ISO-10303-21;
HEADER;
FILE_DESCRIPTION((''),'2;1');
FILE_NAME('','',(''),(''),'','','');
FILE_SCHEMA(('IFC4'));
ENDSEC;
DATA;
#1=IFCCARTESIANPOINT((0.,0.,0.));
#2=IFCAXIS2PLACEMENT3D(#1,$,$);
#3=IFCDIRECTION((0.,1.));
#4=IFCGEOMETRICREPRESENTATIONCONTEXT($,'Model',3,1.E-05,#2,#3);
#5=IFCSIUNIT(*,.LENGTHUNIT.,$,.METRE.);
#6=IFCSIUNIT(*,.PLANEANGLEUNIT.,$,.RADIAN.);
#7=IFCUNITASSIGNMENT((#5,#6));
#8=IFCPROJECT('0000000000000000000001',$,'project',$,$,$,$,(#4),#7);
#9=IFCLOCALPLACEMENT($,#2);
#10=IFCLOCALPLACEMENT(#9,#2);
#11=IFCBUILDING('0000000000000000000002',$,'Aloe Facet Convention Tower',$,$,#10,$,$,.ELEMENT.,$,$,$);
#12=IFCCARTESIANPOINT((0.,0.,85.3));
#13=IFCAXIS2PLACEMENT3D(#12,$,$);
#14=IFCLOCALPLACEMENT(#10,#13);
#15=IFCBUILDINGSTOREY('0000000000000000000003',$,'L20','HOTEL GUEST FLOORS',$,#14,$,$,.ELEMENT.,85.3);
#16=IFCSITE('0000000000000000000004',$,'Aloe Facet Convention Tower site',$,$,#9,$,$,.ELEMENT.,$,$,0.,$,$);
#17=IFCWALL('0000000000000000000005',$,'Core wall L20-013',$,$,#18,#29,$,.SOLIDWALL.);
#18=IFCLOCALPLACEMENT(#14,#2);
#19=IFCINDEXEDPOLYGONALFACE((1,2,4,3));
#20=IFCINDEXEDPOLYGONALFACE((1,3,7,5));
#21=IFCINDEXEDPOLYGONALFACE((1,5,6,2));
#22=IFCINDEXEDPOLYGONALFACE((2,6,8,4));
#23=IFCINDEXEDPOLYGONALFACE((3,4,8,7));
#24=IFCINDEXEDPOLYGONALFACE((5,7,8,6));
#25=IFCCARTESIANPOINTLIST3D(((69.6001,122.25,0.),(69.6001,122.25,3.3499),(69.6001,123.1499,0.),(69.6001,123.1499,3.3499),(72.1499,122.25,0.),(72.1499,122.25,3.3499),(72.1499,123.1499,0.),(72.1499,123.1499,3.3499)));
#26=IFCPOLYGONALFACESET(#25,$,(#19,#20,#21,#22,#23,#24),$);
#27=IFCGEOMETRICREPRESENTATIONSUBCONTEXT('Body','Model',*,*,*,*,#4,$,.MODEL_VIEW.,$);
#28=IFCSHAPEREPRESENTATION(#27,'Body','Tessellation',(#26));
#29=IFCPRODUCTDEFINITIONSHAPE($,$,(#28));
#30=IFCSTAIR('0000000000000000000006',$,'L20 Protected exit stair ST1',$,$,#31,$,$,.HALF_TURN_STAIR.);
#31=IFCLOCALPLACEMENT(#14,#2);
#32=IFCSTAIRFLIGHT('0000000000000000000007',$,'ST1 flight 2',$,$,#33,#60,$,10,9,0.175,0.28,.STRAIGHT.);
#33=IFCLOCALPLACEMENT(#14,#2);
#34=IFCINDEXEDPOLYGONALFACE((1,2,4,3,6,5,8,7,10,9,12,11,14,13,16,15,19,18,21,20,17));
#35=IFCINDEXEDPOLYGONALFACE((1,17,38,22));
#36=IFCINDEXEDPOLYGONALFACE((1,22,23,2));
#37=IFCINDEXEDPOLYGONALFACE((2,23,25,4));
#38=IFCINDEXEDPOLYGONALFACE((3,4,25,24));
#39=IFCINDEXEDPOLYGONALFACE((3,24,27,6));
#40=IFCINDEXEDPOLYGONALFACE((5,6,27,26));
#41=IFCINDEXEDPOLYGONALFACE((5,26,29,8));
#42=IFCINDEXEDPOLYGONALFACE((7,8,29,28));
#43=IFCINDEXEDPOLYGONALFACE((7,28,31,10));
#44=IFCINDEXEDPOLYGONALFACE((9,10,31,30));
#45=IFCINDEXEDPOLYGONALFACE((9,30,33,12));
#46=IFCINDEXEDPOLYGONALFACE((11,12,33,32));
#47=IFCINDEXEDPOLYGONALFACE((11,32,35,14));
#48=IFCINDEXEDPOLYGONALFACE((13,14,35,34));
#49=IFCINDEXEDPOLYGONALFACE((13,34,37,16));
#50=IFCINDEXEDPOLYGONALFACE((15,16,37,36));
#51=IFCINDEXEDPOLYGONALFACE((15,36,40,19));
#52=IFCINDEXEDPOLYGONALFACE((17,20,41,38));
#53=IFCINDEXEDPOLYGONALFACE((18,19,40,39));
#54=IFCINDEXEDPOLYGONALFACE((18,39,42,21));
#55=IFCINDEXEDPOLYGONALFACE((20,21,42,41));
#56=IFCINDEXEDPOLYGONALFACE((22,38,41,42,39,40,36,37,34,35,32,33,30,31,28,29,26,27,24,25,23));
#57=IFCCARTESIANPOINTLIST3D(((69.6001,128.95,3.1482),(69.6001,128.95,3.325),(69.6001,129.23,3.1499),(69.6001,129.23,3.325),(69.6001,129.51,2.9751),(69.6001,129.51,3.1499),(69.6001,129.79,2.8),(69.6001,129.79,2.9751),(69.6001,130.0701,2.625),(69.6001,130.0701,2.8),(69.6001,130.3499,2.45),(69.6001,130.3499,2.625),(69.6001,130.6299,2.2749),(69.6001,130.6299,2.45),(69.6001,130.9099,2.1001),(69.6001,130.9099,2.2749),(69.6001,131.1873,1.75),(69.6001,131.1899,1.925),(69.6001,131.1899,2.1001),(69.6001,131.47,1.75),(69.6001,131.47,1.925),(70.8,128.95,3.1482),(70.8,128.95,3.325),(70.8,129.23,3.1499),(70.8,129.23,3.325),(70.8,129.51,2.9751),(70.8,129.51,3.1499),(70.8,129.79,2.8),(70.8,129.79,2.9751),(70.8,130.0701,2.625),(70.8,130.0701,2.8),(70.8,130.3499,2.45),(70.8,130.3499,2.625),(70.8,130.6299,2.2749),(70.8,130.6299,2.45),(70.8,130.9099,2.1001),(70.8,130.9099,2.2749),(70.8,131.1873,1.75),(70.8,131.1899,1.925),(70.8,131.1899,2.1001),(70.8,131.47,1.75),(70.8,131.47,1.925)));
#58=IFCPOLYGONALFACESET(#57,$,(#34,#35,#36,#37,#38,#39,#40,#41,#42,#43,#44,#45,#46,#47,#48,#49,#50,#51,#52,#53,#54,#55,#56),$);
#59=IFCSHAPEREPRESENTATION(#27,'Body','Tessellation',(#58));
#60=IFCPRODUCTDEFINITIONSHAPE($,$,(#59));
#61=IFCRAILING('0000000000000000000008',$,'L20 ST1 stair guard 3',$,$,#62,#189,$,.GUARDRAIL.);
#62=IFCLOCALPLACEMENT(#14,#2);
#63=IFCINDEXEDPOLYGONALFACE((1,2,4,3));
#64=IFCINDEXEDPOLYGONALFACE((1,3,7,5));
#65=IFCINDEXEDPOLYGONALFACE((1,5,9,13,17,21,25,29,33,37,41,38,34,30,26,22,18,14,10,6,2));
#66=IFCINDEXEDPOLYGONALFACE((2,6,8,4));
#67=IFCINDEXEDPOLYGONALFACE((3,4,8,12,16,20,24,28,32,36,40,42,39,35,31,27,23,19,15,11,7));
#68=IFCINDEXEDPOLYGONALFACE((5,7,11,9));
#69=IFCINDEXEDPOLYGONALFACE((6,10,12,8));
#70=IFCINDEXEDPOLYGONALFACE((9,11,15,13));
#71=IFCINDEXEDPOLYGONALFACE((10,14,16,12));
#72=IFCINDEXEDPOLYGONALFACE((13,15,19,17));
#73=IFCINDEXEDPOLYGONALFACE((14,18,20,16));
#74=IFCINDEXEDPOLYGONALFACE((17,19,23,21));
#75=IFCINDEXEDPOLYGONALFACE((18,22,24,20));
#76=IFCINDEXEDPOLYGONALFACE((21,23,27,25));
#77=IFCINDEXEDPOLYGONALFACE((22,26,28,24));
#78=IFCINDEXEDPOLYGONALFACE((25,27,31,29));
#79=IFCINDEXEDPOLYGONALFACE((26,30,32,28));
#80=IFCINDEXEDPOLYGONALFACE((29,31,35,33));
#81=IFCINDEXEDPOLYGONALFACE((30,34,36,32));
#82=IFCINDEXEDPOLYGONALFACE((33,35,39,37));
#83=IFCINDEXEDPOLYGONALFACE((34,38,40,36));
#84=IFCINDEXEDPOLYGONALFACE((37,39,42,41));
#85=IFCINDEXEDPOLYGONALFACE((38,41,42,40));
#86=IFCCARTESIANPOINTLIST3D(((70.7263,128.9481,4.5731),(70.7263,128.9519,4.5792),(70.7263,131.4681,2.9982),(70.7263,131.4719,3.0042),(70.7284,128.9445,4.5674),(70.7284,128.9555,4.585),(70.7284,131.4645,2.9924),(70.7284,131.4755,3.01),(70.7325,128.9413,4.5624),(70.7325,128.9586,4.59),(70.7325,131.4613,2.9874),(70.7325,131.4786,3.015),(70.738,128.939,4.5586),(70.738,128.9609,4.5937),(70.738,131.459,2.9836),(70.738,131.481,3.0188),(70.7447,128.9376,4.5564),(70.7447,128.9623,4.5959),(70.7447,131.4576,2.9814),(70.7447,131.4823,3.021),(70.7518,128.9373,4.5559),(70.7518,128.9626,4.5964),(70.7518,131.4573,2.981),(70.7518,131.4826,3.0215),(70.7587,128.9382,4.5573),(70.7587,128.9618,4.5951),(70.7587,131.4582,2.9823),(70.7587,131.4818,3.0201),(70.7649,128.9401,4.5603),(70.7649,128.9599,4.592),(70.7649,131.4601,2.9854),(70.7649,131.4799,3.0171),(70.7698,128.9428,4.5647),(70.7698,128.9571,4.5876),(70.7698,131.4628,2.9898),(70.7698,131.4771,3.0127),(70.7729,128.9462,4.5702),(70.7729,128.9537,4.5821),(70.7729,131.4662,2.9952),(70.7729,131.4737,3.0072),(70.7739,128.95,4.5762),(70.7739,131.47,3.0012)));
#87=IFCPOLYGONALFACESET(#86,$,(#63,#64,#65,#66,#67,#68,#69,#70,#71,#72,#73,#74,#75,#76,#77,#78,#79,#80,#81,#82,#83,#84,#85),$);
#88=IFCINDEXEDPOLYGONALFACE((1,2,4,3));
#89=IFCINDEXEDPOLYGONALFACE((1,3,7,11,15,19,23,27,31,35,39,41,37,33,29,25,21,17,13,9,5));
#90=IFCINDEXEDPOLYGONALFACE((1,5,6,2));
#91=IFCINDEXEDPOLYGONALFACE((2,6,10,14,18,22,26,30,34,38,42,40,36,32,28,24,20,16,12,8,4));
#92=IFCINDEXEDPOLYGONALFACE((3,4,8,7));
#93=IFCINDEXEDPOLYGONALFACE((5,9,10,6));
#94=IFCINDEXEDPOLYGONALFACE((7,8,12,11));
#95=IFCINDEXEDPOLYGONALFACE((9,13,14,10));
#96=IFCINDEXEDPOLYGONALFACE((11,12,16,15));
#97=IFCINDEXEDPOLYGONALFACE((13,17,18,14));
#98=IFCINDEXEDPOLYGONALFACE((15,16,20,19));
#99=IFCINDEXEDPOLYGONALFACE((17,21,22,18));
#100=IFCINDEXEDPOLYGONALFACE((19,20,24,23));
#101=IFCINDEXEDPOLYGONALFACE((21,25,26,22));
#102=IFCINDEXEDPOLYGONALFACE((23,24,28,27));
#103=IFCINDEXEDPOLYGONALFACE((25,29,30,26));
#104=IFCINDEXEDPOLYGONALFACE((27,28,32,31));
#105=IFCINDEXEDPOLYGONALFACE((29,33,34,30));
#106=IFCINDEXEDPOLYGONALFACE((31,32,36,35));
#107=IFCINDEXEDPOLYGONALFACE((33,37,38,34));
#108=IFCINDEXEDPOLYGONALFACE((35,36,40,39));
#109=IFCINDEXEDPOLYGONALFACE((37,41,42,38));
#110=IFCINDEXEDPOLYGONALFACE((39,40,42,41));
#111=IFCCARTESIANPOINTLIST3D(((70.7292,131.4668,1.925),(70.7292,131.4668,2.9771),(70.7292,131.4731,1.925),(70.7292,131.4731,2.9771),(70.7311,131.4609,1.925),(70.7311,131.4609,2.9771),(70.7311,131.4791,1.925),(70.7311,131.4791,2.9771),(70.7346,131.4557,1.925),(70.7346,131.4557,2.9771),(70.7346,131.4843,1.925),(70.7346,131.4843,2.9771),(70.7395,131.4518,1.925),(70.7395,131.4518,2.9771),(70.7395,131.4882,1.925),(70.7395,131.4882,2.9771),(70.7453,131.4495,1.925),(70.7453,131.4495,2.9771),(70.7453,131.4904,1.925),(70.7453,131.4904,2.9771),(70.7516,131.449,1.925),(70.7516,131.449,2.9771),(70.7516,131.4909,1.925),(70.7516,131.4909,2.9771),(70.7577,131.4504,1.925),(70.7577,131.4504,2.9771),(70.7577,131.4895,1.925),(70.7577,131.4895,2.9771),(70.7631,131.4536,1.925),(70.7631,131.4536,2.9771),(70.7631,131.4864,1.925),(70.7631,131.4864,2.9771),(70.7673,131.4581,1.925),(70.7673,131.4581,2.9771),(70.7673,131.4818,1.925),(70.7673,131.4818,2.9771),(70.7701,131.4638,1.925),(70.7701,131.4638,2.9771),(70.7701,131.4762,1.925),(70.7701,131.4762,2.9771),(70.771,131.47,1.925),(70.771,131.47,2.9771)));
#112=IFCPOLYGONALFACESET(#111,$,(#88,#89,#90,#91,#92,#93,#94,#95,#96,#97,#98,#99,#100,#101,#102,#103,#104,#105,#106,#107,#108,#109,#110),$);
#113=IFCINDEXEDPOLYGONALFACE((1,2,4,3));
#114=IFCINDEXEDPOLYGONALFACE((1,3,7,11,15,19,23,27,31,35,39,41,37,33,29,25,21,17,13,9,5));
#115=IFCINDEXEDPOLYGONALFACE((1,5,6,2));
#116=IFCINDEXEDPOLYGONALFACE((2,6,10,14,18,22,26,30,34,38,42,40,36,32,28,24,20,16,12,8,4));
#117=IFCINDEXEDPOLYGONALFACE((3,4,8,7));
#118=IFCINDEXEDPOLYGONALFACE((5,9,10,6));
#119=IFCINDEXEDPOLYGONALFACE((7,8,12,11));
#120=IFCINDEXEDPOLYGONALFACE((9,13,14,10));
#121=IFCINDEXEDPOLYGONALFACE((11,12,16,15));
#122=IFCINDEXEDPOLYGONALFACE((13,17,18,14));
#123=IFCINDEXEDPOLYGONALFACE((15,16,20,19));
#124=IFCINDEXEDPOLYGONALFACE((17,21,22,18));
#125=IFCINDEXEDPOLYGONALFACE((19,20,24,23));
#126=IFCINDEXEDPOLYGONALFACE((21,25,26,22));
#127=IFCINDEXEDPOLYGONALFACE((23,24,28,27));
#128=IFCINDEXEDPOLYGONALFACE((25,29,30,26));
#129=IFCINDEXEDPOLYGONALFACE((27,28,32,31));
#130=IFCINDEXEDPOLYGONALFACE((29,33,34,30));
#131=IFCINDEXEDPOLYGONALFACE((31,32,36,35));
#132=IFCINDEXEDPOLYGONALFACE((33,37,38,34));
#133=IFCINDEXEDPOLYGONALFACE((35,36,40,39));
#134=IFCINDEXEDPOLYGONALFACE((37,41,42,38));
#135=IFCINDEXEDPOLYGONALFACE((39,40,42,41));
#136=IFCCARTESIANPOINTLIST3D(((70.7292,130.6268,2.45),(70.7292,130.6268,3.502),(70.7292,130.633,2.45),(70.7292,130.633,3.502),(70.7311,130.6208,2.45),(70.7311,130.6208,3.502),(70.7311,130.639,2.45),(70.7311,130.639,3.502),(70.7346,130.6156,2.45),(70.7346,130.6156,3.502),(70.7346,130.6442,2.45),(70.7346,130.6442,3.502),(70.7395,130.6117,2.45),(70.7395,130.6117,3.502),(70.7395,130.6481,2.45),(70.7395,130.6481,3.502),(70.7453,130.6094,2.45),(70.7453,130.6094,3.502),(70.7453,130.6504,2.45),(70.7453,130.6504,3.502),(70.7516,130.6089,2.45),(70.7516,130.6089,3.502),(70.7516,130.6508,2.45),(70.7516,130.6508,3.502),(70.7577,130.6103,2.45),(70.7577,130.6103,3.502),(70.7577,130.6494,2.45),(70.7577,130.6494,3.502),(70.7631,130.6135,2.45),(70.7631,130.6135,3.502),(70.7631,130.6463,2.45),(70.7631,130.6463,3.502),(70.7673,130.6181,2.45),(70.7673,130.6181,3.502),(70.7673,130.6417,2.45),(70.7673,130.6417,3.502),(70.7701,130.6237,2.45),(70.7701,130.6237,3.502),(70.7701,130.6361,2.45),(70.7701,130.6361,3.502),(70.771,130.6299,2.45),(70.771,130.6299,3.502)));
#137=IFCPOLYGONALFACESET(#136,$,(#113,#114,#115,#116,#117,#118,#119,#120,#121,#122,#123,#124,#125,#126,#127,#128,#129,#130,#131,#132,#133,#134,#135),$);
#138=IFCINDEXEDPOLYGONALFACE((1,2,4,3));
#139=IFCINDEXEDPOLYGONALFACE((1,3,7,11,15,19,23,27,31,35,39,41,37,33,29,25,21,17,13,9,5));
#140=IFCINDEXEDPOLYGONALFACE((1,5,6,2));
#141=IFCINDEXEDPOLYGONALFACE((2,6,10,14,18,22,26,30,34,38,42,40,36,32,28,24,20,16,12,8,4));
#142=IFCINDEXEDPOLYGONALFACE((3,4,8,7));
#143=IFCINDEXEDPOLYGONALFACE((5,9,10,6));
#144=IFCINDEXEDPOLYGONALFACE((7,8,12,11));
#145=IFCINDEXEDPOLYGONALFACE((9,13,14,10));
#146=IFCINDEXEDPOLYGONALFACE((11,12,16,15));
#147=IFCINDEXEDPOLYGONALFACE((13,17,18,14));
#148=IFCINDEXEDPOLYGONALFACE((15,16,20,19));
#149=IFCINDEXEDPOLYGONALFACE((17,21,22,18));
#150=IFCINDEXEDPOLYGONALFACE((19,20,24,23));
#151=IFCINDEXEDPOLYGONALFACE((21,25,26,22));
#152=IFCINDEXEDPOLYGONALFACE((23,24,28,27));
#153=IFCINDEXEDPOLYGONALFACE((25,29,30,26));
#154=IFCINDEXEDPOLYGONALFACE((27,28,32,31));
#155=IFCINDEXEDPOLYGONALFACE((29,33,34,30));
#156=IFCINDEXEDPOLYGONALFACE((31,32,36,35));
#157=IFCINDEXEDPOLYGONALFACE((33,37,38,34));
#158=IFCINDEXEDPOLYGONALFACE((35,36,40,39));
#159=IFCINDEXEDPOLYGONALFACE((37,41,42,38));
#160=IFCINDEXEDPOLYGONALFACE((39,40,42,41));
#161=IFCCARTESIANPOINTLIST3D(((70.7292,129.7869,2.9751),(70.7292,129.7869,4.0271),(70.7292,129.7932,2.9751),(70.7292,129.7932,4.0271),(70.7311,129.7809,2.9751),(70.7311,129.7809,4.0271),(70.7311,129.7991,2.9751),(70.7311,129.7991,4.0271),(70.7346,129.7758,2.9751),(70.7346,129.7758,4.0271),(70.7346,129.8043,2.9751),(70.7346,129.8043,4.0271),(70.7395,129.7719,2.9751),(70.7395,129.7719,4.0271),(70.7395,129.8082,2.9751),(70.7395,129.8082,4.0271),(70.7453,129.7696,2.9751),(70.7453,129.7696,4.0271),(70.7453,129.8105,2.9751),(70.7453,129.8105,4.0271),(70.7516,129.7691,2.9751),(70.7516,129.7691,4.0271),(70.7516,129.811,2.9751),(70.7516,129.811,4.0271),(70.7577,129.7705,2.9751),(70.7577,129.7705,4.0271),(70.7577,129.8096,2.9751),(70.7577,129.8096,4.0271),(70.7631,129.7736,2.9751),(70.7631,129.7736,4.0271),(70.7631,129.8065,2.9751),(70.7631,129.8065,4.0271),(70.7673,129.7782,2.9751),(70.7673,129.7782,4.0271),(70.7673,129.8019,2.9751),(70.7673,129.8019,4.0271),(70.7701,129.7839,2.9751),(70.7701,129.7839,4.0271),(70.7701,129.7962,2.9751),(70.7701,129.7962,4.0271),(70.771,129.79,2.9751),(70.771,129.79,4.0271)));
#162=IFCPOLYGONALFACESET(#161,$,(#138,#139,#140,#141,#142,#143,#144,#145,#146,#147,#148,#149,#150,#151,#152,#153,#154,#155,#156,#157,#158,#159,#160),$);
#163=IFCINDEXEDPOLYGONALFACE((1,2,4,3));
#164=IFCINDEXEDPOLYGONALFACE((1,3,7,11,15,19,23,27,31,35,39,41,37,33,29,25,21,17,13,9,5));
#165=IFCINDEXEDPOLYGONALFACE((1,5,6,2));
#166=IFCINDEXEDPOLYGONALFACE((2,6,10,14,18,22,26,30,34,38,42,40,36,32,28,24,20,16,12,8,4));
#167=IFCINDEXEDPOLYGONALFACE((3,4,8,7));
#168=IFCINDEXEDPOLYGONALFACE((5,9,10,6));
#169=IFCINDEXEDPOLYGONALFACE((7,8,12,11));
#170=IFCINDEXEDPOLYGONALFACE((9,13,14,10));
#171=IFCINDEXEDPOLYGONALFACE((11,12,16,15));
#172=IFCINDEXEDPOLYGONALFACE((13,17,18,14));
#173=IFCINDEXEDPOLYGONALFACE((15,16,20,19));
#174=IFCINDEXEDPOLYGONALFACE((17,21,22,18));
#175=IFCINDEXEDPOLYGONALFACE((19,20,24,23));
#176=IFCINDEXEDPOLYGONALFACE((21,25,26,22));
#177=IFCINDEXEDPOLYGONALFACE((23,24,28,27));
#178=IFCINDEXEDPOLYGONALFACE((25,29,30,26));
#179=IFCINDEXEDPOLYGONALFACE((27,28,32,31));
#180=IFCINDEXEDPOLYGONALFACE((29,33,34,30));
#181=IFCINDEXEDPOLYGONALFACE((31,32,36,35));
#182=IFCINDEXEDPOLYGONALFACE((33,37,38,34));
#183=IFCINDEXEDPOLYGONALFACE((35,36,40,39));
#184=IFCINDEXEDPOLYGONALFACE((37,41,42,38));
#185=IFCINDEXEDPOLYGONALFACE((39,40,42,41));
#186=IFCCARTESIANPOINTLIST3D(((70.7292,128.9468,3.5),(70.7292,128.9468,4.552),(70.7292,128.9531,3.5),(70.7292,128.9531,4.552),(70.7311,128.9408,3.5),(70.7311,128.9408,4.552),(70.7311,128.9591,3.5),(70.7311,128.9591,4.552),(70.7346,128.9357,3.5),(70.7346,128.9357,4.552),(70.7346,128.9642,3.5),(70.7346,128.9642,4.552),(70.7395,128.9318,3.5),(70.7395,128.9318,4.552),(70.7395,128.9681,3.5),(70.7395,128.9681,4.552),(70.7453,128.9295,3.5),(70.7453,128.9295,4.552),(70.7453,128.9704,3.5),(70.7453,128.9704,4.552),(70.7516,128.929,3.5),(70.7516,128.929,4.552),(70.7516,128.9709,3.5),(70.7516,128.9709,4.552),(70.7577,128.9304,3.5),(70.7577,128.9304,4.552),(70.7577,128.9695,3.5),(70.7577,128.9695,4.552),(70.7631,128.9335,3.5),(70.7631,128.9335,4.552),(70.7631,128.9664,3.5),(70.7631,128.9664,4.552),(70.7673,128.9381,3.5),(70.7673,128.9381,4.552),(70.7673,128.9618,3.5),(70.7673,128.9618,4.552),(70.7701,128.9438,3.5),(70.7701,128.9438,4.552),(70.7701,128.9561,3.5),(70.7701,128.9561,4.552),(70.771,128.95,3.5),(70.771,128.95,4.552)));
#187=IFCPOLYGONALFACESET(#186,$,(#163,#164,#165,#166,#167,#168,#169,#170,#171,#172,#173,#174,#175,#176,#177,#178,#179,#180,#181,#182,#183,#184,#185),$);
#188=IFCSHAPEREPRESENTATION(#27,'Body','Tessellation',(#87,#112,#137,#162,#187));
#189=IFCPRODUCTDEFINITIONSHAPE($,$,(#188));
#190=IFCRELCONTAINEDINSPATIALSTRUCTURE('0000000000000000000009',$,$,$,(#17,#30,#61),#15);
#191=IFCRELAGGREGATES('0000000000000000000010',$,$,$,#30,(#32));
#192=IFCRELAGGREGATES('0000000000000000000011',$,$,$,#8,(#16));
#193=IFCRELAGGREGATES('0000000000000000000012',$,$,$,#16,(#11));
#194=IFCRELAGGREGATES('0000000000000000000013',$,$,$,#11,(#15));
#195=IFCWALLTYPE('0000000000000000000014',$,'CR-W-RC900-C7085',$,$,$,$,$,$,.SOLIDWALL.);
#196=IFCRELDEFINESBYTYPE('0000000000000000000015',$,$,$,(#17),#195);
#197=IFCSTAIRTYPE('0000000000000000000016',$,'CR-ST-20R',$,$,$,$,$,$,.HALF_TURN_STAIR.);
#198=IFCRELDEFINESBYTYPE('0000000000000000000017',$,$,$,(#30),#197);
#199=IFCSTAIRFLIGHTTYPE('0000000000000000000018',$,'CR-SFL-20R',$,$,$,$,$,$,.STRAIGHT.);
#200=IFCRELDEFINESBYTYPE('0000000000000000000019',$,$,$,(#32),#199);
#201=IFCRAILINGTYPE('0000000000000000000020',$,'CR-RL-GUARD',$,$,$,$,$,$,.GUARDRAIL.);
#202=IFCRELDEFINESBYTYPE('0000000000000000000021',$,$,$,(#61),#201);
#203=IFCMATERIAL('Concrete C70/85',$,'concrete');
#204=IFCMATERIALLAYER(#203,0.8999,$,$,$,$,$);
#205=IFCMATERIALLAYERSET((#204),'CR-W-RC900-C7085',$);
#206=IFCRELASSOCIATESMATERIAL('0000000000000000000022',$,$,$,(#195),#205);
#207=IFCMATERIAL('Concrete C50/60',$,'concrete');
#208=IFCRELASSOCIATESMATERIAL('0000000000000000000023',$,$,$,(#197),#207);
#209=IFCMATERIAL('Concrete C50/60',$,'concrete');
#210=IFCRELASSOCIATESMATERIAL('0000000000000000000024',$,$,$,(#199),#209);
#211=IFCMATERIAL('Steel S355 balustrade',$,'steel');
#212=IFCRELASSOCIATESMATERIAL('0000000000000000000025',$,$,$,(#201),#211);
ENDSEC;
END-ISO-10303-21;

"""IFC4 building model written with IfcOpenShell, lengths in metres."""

from ifc_helpers import new_model, si_unit, direction, frame, frame_2d, origin, origin_2d, place, context, subcontext, project, spatial, polyline, rectangle, circle, outline, extrude, material, layer, layer_set, type_object, element, aggregate, save


model = new_model("IFC4")

# Units and contexts
model_context = context("Model", 3, precision=1e-05, world=origin(), true_north=direction((0.0, 1.0)))
body_context = subcontext(model_context, "Body", "Model", "MODEL_VIEW")
ifc_project = project(units=[si_unit("LENGTHUNIT", "METRE"), si_unit("PLANEANGLEUNIT", "RADIAN")], contexts=[model_context])

# Site, building, storey
site_placement = place(None, origin())
site = spatial("IfcSite", under=ifc_project, at=site_placement, Name="Aloe Facet Convention Tower site", CompositionType="ELEMENT", RefElevation=0.0)
building_placement = place(site_placement, origin())
building = spatial("IfcBuilding", under=site, at=building_placement, Name="Aloe Facet Convention Tower", CompositionType="ELEMENT")
storey_placement = place(building_placement, frame((0.0, 0.0, 85.3)))
storey = spatial("IfcBuildingStorey", under=building, at=storey_placement, Name="L20", Description="HOTEL GUEST FLOORS", CompositionType="ELEMENT", Elevation=85.3)

# Wall
ifc_material_1 = material(Name="Concrete C70/85", Category="concrete")
ifc_layer_1 = layer(ifc_material_1, 0.8999)
ifc_layer_set_1 = layer_set([ifc_layer_1], Name="CR-W-RC900-C7085")
wall_type_1 = type_object("IfcWallType", Name="CR-W-RC900-C7085", PredefinedType="SOLIDWALL", material=ifc_layer_set_1)
wall_1_placement = place(storey_placement, frame((69.6001, 122.7, 0.0), z_axis=(0.0, 0.0, 1.0), x_axis=(1.0, 0.0, 0.0)))
element("IfcWall", 1, at=wall_1_placement, inside=storey, type_object=wall_type_1, Name="Core wall L20-013", PredefinedType="SOLIDWALL", context=body_context, shape_type="SweptSolid", body=[
    extrude(rectangle(XDim=2.5498, YDim=0.8999, at=frame_2d((1.2749, 0.0))), origin(), (0.0, 0.0, 1.0), 3.3499),
])

# Stair, stair flight
ifc_material_2 = material(Name="Concrete C50/60", Category="concrete")
stair_type = type_object("IfcStairType", Name="CR-ST-20R", PredefinedType="HALF_TURN_STAIR", material=ifc_material_2)
stair_placement = place(storey_placement, origin())
stair = element("IfcStair", 2, at=stair_placement, inside=storey, type_object=stair_type, Name="L20 Protected exit stair ST1", PredefinedType="HALF_TURN_STAIR")
ifc_material_3 = material(Name="Concrete C50/60", Category="concrete")
stair_flight_type = type_object("IfcStairFlightType", Name="CR-SFL-20R", PredefinedType="STRAIGHT", material=ifc_material_3)
stair_flight_placement = place(storey_placement, frame((70.2, 131.47, 1.75), z_axis=(0.0, 0.0, 1.0), x_axis=(0.0, -1.0, 0.0)))
stair_flight = element("IfcStairFlight", 3, at=stair_flight_placement, type_object=stair_flight_type, Name="ST1 flight 2", NumberOfRisers=10, NumberOfTreads=9, PredefinedType="STRAIGHT", RiserHeight=0.175, TreadLength=0.28, context=body_context, shape_type="SweptSolid", body=[
    extrude(outline(polyline([(0.0, 0.0), (0.0, 0.175), (0.28, 0.175), (0.28, 0.3501), (0.5601, 0.3501), (0.5601, 0.5249), (0.8401, 0.5249), (0.8401, 0.7), (1.1201, 0.7), (1.1201, 0.875), (1.3999, 0.875), (1.3999, 1.05), (1.6799, 1.05), (1.6799, 1.2251), (1.96, 1.2251), (1.96, 1.3999), (2.24, 1.3999), (2.24, 1.575), (2.52, 1.575), (2.52, 1.75), (2.52, 1.3982), (0.2827, 0.0), (0.0, 0.0)])), frame((0.0, 0.6001, 0.0), z_axis=(0.0, -1.0, 0.0), x_axis=(1.0, 0.0, 0.0)), (0.0, 0.0, 1.0), 1.2),
])
aggregate(stair, [stair_flight])

# Railing
ifc_material_4 = material(Name="Steel S355 balustrade", Category="steel")
railing_type_1 = type_object("IfcRailingType", Name="CR-RL-GUARD", PredefinedType="GUARDRAIL", material=ifc_material_4)
railing_1_placement = place(storey_placement, frame((70.75, 131.47, 1.925)))
element("IfcRailing", 4, at=railing_1_placement, inside=storey, type_object=railing_type_1, Name="L20 ST1 stair guard 3", PredefinedType="GUARDRAIL", context=body_context, shape_type="SweptSolid", body=[
    extrude(circle(Radius=0.0239, at=origin_2d()), frame((0.0, 0.0, 1.0762), z_axis=(0.0, -0.848008, 0.529984), x_axis=(1.0, 0.0, 0.0)), (0.0, 0.0, 1.0), 2.9717),
    extrude(circle(Radius=0.021, at=origin_2d()), origin(), (0.0, 0.0, 1.0), 1.052),
    extrude(circle(Radius=0.021, at=origin_2d()), frame((0.0, -0.8401, 0.5249)), (0.0, 0.0, 1.0), 1.052),
    extrude(circle(Radius=0.021, at=origin_2d()), frame((0.0, -1.6799, 1.05)), (0.0, 0.0, 1.0), 1.052),
    extrude(circle(Radius=0.021, at=origin_2d()), frame((0.0, -2.52, 1.575)), (0.0, 0.0, 1.0), 1.052),
])

save(model, "model.ifc")
